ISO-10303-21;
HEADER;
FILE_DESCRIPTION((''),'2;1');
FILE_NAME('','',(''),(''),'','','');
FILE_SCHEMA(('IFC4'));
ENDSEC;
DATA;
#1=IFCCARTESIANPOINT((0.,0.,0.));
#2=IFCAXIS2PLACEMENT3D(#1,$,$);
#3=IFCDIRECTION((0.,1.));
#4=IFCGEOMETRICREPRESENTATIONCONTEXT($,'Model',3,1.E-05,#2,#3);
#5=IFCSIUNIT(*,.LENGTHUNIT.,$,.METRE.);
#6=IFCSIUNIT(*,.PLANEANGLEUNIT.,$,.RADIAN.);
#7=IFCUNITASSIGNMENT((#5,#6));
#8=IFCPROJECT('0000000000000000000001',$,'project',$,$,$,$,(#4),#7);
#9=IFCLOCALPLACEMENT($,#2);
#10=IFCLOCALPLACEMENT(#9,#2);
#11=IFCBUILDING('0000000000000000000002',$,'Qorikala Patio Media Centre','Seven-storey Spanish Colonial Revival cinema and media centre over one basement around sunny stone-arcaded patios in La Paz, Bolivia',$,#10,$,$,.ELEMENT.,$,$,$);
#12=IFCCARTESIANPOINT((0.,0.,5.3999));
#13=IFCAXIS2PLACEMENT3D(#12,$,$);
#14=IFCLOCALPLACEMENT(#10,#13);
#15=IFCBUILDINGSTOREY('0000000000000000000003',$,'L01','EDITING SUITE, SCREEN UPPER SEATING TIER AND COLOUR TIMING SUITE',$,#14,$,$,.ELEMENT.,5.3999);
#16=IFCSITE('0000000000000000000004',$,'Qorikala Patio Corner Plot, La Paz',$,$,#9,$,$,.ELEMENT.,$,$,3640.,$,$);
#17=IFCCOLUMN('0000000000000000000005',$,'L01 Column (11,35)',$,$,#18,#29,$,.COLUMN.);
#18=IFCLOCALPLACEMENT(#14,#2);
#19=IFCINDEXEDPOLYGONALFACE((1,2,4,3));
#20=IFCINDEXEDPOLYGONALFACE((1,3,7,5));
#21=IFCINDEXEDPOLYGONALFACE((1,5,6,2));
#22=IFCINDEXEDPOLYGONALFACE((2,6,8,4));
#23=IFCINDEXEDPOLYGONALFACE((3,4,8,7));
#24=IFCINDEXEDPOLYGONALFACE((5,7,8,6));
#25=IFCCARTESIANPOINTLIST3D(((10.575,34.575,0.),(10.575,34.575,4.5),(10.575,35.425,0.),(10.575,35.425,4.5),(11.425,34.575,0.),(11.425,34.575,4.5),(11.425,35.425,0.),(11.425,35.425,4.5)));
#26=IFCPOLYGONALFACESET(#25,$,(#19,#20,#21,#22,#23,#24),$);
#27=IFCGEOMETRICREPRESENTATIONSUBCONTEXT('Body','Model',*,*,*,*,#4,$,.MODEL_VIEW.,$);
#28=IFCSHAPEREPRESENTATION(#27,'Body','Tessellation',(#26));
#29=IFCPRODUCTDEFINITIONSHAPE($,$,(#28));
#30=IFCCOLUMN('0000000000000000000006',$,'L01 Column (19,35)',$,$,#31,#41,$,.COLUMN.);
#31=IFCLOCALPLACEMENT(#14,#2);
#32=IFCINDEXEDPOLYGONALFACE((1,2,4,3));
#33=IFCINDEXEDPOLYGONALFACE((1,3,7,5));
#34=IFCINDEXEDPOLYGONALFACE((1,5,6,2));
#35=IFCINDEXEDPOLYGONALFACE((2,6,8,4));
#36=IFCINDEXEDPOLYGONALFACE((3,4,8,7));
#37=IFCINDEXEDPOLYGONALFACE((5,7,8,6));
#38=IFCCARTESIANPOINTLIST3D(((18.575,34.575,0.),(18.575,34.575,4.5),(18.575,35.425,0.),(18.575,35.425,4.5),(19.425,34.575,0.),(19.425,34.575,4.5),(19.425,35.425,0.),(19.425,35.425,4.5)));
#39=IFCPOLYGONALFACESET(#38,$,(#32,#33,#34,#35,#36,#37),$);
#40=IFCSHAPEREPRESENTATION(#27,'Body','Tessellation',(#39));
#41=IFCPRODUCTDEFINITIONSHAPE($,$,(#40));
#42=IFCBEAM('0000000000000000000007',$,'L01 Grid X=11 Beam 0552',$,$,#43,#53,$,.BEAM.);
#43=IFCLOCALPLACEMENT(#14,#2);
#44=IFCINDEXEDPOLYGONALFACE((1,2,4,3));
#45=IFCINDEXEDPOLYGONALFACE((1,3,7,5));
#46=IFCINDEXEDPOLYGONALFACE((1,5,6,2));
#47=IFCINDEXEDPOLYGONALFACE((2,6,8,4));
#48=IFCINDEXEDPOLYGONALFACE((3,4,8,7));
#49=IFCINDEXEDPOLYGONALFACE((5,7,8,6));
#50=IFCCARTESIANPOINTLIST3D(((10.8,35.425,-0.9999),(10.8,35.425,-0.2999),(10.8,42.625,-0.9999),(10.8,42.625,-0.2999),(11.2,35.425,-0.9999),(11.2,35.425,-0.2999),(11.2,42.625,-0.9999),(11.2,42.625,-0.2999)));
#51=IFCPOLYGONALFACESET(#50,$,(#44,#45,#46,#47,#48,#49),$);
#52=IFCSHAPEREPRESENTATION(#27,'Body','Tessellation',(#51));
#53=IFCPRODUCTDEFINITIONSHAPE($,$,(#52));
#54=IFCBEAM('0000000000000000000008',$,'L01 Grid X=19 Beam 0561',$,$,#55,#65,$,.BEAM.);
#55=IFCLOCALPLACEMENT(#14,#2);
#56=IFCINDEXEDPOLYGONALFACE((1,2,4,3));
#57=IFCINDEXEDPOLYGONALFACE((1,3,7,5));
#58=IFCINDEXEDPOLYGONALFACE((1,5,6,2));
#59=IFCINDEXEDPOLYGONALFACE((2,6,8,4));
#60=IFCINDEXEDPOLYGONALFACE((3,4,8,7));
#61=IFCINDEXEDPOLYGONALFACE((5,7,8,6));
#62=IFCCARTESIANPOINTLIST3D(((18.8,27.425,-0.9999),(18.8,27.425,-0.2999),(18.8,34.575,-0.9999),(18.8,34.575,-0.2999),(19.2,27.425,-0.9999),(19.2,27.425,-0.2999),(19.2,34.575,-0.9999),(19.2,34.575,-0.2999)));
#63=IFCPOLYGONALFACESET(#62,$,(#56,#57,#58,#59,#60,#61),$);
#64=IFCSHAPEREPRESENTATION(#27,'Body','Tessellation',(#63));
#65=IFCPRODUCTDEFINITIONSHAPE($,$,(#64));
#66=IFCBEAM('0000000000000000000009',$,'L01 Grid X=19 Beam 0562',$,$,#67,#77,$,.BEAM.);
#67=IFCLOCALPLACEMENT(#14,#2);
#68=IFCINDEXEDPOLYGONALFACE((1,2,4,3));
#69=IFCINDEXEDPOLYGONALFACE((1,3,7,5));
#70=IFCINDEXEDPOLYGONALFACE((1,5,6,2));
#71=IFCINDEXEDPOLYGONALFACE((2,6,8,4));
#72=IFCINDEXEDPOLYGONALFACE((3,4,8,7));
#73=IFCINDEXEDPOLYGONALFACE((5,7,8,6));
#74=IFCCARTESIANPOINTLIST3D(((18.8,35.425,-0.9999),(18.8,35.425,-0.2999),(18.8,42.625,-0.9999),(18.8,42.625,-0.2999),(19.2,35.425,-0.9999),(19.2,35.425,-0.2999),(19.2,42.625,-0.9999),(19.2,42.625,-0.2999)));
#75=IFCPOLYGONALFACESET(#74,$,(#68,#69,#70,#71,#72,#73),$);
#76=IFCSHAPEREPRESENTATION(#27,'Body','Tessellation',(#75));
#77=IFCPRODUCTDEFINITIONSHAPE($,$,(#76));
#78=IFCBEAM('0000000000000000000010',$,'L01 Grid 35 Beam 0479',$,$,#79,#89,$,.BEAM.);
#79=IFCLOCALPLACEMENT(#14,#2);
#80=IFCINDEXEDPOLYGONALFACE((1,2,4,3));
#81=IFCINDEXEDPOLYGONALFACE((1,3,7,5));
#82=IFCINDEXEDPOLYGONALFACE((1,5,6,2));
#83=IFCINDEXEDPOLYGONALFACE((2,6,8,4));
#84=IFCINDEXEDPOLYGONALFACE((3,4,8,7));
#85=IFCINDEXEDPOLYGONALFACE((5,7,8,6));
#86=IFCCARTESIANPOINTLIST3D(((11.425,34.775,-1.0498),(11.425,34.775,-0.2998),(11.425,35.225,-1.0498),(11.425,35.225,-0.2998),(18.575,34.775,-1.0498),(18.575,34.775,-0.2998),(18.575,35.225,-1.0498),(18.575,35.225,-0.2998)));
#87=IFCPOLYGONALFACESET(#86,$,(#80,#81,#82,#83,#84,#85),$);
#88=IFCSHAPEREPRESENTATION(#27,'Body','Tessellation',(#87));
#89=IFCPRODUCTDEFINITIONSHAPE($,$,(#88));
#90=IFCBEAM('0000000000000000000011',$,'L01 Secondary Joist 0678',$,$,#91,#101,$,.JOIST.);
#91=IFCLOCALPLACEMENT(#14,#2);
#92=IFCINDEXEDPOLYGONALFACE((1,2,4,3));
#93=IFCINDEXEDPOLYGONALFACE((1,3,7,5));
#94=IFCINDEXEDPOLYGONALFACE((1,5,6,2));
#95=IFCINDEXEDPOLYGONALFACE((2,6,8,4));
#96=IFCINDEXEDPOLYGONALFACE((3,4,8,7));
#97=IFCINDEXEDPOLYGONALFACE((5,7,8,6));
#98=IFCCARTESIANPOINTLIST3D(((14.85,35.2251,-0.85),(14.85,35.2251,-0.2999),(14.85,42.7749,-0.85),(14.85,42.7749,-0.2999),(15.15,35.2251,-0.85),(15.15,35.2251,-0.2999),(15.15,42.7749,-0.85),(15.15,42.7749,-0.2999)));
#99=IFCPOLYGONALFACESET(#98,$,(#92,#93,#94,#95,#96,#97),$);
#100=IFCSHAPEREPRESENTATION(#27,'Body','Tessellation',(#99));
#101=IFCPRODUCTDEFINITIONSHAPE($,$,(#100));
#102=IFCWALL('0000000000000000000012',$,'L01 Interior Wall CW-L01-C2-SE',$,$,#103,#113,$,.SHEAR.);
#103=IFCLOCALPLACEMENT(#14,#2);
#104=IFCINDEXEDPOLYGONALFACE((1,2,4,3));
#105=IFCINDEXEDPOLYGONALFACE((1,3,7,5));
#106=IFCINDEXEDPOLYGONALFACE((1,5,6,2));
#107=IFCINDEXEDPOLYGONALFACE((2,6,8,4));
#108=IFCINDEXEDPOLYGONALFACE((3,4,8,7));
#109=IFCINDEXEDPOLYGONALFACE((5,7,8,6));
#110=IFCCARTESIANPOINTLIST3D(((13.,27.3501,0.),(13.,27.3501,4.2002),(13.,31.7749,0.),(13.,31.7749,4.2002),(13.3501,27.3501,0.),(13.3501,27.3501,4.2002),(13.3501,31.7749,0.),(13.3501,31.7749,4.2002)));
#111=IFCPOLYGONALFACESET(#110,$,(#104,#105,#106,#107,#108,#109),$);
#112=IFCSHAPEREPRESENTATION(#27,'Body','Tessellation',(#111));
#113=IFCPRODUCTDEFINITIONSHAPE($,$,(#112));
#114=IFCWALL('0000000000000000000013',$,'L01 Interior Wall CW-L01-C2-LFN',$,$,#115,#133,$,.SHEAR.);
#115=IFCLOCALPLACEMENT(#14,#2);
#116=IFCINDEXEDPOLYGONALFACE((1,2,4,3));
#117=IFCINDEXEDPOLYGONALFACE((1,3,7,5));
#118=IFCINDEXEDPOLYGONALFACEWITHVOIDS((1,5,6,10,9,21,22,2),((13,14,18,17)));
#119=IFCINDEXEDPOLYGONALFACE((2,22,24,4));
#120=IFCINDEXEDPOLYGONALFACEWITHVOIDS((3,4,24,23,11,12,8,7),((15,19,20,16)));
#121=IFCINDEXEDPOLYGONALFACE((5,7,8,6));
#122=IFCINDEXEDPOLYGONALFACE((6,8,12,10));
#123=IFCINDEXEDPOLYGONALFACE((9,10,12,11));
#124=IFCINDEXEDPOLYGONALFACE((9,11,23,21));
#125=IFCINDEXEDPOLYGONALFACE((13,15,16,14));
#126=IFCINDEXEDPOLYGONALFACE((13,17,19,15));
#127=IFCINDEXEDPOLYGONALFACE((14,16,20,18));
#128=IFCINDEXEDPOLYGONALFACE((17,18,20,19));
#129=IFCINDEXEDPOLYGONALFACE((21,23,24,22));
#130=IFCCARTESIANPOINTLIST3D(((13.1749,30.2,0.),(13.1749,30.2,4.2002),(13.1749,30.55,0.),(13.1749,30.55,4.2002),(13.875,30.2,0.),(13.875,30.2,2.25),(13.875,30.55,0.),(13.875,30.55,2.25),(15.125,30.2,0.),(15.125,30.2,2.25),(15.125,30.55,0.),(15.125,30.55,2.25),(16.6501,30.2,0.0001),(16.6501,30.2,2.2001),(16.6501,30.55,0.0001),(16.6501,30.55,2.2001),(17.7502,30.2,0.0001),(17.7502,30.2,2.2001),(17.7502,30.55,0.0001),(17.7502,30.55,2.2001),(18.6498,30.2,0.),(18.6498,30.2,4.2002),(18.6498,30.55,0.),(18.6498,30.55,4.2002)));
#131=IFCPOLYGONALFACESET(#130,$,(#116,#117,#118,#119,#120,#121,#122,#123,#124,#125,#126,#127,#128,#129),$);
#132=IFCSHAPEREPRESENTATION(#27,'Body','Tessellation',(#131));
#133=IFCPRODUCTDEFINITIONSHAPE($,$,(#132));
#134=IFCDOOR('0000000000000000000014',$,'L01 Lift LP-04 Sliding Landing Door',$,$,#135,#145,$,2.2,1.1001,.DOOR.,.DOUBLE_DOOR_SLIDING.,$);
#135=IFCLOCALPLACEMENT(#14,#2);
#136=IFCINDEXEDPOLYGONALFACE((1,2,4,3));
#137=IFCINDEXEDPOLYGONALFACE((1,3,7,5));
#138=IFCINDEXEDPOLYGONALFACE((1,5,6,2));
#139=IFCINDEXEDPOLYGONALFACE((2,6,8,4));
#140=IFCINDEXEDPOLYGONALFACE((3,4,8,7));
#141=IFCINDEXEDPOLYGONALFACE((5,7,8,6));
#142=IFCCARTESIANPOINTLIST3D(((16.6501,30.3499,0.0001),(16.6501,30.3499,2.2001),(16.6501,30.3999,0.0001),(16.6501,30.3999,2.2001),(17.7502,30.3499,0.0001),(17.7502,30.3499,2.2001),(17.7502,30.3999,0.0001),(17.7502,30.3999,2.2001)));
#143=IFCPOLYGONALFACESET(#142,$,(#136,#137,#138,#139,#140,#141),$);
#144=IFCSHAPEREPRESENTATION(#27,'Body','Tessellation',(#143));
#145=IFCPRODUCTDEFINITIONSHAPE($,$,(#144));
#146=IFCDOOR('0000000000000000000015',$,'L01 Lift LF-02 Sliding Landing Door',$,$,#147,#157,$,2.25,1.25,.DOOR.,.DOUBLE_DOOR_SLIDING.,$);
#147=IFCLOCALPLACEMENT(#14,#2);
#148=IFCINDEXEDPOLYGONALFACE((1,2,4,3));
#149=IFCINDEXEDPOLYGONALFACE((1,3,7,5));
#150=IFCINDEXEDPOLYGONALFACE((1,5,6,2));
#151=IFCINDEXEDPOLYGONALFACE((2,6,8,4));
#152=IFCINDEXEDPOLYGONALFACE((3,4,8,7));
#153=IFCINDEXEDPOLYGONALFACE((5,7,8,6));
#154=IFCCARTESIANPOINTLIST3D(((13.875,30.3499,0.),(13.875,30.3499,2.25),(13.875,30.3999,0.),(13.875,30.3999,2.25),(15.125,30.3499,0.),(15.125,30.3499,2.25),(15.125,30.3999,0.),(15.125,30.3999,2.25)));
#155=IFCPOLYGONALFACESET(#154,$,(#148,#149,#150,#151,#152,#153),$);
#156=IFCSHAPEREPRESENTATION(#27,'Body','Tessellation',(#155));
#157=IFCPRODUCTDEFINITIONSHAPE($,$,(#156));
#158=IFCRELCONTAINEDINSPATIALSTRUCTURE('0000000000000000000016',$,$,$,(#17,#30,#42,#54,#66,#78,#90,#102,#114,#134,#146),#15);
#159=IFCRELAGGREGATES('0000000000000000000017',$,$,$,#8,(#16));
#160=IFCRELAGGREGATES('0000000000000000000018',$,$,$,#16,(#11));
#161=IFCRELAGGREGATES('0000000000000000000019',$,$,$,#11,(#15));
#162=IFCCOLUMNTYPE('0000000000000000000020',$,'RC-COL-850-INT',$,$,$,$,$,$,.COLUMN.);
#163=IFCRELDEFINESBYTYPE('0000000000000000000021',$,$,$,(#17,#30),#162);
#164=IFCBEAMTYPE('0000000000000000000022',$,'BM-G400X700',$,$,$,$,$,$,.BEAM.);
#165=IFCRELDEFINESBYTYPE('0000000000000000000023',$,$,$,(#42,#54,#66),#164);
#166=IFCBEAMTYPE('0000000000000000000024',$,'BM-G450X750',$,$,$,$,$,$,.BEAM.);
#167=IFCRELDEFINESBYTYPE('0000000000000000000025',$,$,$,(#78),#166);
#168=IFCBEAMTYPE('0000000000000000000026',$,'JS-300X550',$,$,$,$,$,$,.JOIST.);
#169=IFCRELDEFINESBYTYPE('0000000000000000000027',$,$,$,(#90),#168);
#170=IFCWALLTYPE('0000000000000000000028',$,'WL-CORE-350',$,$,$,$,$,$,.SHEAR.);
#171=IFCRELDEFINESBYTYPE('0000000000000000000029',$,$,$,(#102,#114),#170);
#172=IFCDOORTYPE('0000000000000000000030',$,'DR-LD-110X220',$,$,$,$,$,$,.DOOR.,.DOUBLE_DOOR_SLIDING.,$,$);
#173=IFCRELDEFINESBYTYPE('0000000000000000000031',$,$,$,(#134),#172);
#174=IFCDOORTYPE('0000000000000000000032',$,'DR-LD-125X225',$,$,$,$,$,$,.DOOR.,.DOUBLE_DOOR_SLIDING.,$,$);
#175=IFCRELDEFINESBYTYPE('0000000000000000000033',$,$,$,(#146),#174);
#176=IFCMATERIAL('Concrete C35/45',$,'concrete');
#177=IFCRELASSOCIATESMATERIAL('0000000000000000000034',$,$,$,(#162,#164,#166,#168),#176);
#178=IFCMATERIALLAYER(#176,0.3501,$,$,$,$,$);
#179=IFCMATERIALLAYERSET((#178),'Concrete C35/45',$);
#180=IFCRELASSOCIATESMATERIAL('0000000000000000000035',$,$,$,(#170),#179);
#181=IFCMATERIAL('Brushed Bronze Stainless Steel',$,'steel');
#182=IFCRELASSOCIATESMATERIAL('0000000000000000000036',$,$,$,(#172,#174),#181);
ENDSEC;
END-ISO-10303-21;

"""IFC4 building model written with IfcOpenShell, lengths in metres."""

from ifc_helpers import new_model, si_unit, direction, frame, frame_2d, origin, origin_2d, place, context, subcontext, project, spatial, rectangle, extrude, material, layer, layer_set, material_profile, profile_set, type_object, element, fill, save


model = new_model("IFC4")

# Units and contexts
model_context = context("Model", 3, precision=1e-05, world=origin(), true_north=direction((0.0, 1.0)))
body_context = subcontext(model_context, "Body", "Model", "MODEL_VIEW")
ifc_project = project(units=[si_unit("LENGTHUNIT", "METRE"), si_unit("PLANEANGLEUNIT", "RADIAN")], contexts=[model_context])

# Site, building, storey
site_placement = place(None, origin())
site = spatial("IfcSite", under=ifc_project, at=site_placement, Name="Qorikala Patio Corner Plot, La Paz", CompositionType="ELEMENT", RefElevation=3640.0)
building_placement = place(site_placement, origin())
building = spatial("IfcBuilding", under=site, at=building_placement, Name="Qorikala Patio Media Centre", Description="Seven-storey Spanish Colonial Revival cinema and media centre over one basement around sunny stone-arcaded patios in La Paz, Bolivia", CompositionType="ELEMENT")
storey_placement = place(building_placement, frame((0.0, 0.0, 5.3999)))
storey = spatial("IfcBuildingStorey", under=building, at=storey_placement, Name="L01", Description="EDITING SUITE, SCREEN UPPER SEATING TIER AND COLOUR TIMING SUITE", CompositionType="ELEMENT", Elevation=5.3999)

# Columns
ifc_material_1 = material(Name="Concrete C35/45", Category="concrete")
ifc_material_profile_1 = material_profile(ifc_material_1, rectangle(XDim=0.8501, YDim=0.8501, at=origin_2d()), Name="RC 850x850")
ifc_profile_set_1 = profile_set([ifc_material_profile_1], Name="Concrete C35/45")
column_type = type_object("IfcColumnType", Name="RC-COL-850-INT", PredefinedType="COLUMN", material=ifc_profile_set_1)
for number, where, z_axis, x_axis, name in (
    (1, (11.0, 35.0, 0.0), (0.0, 0.0, 1.0), (1.0, 0.0, 0.0), "L01 Column (11,35)"),
    (2, (19.0, 35.0, 0.0), (0.0, 0.0, 1.0), (1.0, 0.0, 0.0), "L01 Column (19,35)"),
):
    element("IfcColumn", number, at=place(storey_placement, frame(where, z_axis=z_axis, x_axis=x_axis)), inside=storey, type_object=column_type, Name=name, PredefinedType="COLUMN", context=body_context, shape_type="SweptSolid", body=[
        extrude(rectangle(XDim=0.8501, YDim=0.8501, at=origin_2d()), origin(), (0.0, 0.0, 1.0), 4.5),
    ])

# Beams
ifc_material_profile_2 = material_profile(ifc_material_1, rectangle(XDim=0.3999, YDim=0.7, at=origin_2d()), Name="RC 400x700")
ifc_profile_set_2 = profile_set([ifc_material_profile_2], Name="Concrete C35/45")
beam_type_1 = type_object("IfcBeamType", Name="BM-G400X700", PredefinedType="BEAM", material=ifc_profile_set_2)
beam_1_placement = place(storey_placement, frame((11.0, 35.425, -0.6499), z_axis=(0.0, 1.0, 0.0), x_axis=(-1.0, 0.0, 0.0)))
element("IfcBeam", 3, at=beam_1_placement, inside=storey, type_object=beam_type_1, Name="L01 Grid X=11 Beam 0552", PredefinedType="BEAM", context=body_context, shape_type="SweptSolid", body=[
    extrude(rectangle(XDim=0.3999, YDim=0.7, at=origin_2d()), origin(), (0.0, 0.0, 1.0), 7.2),
])
beam_2_placement = place(storey_placement, frame((19.0, 27.425, -0.6499), z_axis=(0.0, 1.0, 0.0), x_axis=(-1.0, 0.0, 0.0)))
element("IfcBeam", 4, at=beam_2_placement, inside=storey, type_object=beam_type_1, Name="L01 Grid X=19 Beam 0561", PredefinedType="BEAM", context=body_context, shape_type="SweptSolid", body=[
    extrude(rectangle(XDim=0.3999, YDim=0.7, at=origin_2d()), origin(), (0.0, 0.0, 1.0), 7.1499),
])
beam_3_placement = place(storey_placement, frame((19.0, 35.425, -0.6499), z_axis=(0.0, 1.0, 0.0), x_axis=(-1.0, 0.0, 0.0)))
element("IfcBeam", 5, at=beam_3_placement, inside=storey, type_object=beam_type_1, Name="L01 Grid X=19 Beam 0562", PredefinedType="BEAM", context=body_context, shape_type="SweptSolid", body=[
    extrude(rectangle(XDim=0.3999, YDim=0.7, at=origin_2d()), origin(), (0.0, 0.0, 1.0), 7.2),
])
ifc_material_profile_3 = material_profile(ifc_material_1, rectangle(XDim=0.45, YDim=0.75, at=origin_2d()), Name="RC 450x750")
ifc_profile_set_3 = profile_set([ifc_material_profile_3], Name="Concrete C35/45")
beam_type_2 = type_object("IfcBeamType", Name="BM-G450X750", PredefinedType="BEAM", material=ifc_profile_set_3)
beam_4_placement = place(storey_placement, frame((11.425, 35.0, -0.6748), z_axis=(1.0, 0.0, 0.0), x_axis=(0.0, 1.0, 0.0)))
element("IfcBeam", 6, at=beam_4_placement, inside=storey, type_object=beam_type_2, Name="L01 Grid 35 Beam 0479", PredefinedType="BEAM", context=body_context, shape_type="SweptSolid", body=[
    extrude(rectangle(XDim=0.45, YDim=0.75, at=origin_2d()), origin(), (0.0, 0.0, 1.0), 7.1499),
])
ifc_material_profile_4 = material_profile(ifc_material_1, rectangle(XDim=0.3, YDim=0.55, at=origin_2d()), Name="RC 300x550")
ifc_profile_set_4 = profile_set([ifc_material_profile_4], Name="Concrete C35/45")
beam_type_3 = type_object("IfcBeamType", Name="JS-300X550", PredefinedType="JOIST", material=ifc_profile_set_4)
beam_5_placement = place(storey_placement, frame((15.0, 35.2251, -0.575), z_axis=(0.0, 1.0, 0.0), x_axis=(-1.0, 0.0, 0.0)))
element("IfcBeam", 7, at=beam_5_placement, inside=storey, type_object=beam_type_3, Name="L01 Secondary Joist 0678", PredefinedType="JOIST", context=body_context, shape_type="SweptSolid", body=[
    extrude(rectangle(XDim=0.3, YDim=0.55, at=origin_2d()), origin(), (0.0, 0.0, 1.0), 7.5498),
])

# Wall
ifc_layer_1 = layer(ifc_material_1, 0.3501)
ifc_layer_set_1 = layer_set([ifc_layer_1], Name="Concrete C35/45")
wall_type_1 = type_object("IfcWallType", Name="WL-CORE-350", PredefinedType="SHEAR", material=ifc_layer_set_1)
wall_1_placement = place(storey_placement, frame((13.175, 27.3501, 0.0), z_axis=(0.0, 0.0, 1.0), x_axis=(0.0, 1.0, 0.0)))
element("IfcWall", 8, at=wall_1_placement, inside=storey, type_object=wall_type_1, Name="L01 Interior Wall CW-L01-C2-SE", PredefinedType="SHEAR", context=body_context, shape_type="SweptSolid", body=[
    extrude(rectangle(XDim=4.4248, YDim=0.3501, at=frame_2d((2.2124, 0.0))), origin(), (0.0, 0.0, 1.0), 4.2002),
])

# Wall, openings, doors
wall_2_placement = place(storey_placement, frame((13.175, 30.375, 0.0), z_axis=(0.0, 0.0, 1.0), x_axis=(1.0, 0.0, 0.0)))
wall_2 = element("IfcWall", 9, at=wall_2_placement, inside=storey, type_object=wall_type_1, Name="L01 Interior Wall CW-L01-C2-LFN", PredefinedType="SHEAR", context=body_context, shape_type="SweptSolid", body=[
    extrude(rectangle(XDim=5.4749, YDim=0.3501, at=frame_2d((2.7373, 0.0))), origin(), (0.0, 0.0, 1.0), 4.2002),
])
opening_1_placement = place(wall_2_placement, frame((0.7, 0.0, 0.0)))
opening_1 = element("IfcOpeningElement", 10, at=opening_1_placement, cuts=wall_2, PredefinedType="OPENING", context=body_context, shape_type="SweptSolid", body=[
    extrude(rectangle(XDim=1.25, YDim=2.25, at=frame_2d((0.625, 1.125))), frame((0.0, 0.1851, 0.0), z_axis=(0.0, -1.0, 0.0), x_axis=(1.0, 0.0, 0.0)), (0.0, 0.0, 1.0), 0.3701),
])
opening_2_placement = place(wall_2_placement, frame((3.4751, 0.0, 0.0)))
opening_2 = element("IfcOpeningElement", 11, at=opening_2_placement, cuts=wall_2, PredefinedType="OPENING", context=body_context, shape_type="SweptSolid", body=[
    extrude(rectangle(XDim=1.1001, YDim=2.2, at=frame_2d((0.55, 1.1001))), frame((0.0, 0.1851, 0.0), z_axis=(0.0, -1.0, 0.0), x_axis=(1.0, 0.0, 0.0)), (0.0, 0.0, 1.0), 0.3701),
])
ifc_material_2 = material(Name="Brushed Bronze Stainless Steel", Category="steel")
door_type_1 = type_object("IfcDoorType", Name="DR-LD-110X220", OperationType="DOUBLE_DOOR_SLIDING", PredefinedType="DOOR", material=ifc_material_2)
door_1_placement = place(opening_2_placement, origin())
door_1 = element("IfcDoor", 12, at=door_1_placement, inside=storey, type_object=door_type_1, Name="L01 Lift LP-04 Sliding Landing Door", OperationType="DOUBLE_DOOR_SLIDING", OverallHeight=2.2, OverallWidth=1.1001, PredefinedType="DOOR", context=body_context, shape_type="SweptSolid", body=[
    extrude(rectangle(XDim=1.1001, YDim=2.2, at=frame_2d((0.55, 1.1001))), frame((0.0, 0.0249, 0.0), z_axis=(0.0, -1.0, 0.0), x_axis=(1.0, 0.0, 0.0)), (0.0, 0.0, 1.0), 0.05),
])
fill(opening_2, door_1)
door_type_2 = type_object("IfcDoorType", Name="DR-LD-125X225", OperationType="DOUBLE_DOOR_SLIDING", PredefinedType="DOOR", material=ifc_material_2)
door_2_placement = place(opening_1_placement, origin())
door_2 = element("IfcDoor", 13, at=door_2_placement, inside=storey, type_object=door_type_2, Name="L01 Lift LF-02 Sliding Landing Door", OperationType="DOUBLE_DOOR_SLIDING", OverallHeight=2.25, OverallWidth=1.25, PredefinedType="DOOR", context=body_context, shape_type="SweptSolid", body=[
    extrude(rectangle(XDim=1.25, YDim=2.25, at=frame_2d((0.625, 1.125))), frame((0.0, 0.0249, 0.0), z_axis=(0.0, -1.0, 0.0), x_axis=(1.0, 0.0, 0.0)), (0.0, 0.0, 1.0), 0.05),
])
fill(opening_1, door_2)

save(model, "model.ifc")
